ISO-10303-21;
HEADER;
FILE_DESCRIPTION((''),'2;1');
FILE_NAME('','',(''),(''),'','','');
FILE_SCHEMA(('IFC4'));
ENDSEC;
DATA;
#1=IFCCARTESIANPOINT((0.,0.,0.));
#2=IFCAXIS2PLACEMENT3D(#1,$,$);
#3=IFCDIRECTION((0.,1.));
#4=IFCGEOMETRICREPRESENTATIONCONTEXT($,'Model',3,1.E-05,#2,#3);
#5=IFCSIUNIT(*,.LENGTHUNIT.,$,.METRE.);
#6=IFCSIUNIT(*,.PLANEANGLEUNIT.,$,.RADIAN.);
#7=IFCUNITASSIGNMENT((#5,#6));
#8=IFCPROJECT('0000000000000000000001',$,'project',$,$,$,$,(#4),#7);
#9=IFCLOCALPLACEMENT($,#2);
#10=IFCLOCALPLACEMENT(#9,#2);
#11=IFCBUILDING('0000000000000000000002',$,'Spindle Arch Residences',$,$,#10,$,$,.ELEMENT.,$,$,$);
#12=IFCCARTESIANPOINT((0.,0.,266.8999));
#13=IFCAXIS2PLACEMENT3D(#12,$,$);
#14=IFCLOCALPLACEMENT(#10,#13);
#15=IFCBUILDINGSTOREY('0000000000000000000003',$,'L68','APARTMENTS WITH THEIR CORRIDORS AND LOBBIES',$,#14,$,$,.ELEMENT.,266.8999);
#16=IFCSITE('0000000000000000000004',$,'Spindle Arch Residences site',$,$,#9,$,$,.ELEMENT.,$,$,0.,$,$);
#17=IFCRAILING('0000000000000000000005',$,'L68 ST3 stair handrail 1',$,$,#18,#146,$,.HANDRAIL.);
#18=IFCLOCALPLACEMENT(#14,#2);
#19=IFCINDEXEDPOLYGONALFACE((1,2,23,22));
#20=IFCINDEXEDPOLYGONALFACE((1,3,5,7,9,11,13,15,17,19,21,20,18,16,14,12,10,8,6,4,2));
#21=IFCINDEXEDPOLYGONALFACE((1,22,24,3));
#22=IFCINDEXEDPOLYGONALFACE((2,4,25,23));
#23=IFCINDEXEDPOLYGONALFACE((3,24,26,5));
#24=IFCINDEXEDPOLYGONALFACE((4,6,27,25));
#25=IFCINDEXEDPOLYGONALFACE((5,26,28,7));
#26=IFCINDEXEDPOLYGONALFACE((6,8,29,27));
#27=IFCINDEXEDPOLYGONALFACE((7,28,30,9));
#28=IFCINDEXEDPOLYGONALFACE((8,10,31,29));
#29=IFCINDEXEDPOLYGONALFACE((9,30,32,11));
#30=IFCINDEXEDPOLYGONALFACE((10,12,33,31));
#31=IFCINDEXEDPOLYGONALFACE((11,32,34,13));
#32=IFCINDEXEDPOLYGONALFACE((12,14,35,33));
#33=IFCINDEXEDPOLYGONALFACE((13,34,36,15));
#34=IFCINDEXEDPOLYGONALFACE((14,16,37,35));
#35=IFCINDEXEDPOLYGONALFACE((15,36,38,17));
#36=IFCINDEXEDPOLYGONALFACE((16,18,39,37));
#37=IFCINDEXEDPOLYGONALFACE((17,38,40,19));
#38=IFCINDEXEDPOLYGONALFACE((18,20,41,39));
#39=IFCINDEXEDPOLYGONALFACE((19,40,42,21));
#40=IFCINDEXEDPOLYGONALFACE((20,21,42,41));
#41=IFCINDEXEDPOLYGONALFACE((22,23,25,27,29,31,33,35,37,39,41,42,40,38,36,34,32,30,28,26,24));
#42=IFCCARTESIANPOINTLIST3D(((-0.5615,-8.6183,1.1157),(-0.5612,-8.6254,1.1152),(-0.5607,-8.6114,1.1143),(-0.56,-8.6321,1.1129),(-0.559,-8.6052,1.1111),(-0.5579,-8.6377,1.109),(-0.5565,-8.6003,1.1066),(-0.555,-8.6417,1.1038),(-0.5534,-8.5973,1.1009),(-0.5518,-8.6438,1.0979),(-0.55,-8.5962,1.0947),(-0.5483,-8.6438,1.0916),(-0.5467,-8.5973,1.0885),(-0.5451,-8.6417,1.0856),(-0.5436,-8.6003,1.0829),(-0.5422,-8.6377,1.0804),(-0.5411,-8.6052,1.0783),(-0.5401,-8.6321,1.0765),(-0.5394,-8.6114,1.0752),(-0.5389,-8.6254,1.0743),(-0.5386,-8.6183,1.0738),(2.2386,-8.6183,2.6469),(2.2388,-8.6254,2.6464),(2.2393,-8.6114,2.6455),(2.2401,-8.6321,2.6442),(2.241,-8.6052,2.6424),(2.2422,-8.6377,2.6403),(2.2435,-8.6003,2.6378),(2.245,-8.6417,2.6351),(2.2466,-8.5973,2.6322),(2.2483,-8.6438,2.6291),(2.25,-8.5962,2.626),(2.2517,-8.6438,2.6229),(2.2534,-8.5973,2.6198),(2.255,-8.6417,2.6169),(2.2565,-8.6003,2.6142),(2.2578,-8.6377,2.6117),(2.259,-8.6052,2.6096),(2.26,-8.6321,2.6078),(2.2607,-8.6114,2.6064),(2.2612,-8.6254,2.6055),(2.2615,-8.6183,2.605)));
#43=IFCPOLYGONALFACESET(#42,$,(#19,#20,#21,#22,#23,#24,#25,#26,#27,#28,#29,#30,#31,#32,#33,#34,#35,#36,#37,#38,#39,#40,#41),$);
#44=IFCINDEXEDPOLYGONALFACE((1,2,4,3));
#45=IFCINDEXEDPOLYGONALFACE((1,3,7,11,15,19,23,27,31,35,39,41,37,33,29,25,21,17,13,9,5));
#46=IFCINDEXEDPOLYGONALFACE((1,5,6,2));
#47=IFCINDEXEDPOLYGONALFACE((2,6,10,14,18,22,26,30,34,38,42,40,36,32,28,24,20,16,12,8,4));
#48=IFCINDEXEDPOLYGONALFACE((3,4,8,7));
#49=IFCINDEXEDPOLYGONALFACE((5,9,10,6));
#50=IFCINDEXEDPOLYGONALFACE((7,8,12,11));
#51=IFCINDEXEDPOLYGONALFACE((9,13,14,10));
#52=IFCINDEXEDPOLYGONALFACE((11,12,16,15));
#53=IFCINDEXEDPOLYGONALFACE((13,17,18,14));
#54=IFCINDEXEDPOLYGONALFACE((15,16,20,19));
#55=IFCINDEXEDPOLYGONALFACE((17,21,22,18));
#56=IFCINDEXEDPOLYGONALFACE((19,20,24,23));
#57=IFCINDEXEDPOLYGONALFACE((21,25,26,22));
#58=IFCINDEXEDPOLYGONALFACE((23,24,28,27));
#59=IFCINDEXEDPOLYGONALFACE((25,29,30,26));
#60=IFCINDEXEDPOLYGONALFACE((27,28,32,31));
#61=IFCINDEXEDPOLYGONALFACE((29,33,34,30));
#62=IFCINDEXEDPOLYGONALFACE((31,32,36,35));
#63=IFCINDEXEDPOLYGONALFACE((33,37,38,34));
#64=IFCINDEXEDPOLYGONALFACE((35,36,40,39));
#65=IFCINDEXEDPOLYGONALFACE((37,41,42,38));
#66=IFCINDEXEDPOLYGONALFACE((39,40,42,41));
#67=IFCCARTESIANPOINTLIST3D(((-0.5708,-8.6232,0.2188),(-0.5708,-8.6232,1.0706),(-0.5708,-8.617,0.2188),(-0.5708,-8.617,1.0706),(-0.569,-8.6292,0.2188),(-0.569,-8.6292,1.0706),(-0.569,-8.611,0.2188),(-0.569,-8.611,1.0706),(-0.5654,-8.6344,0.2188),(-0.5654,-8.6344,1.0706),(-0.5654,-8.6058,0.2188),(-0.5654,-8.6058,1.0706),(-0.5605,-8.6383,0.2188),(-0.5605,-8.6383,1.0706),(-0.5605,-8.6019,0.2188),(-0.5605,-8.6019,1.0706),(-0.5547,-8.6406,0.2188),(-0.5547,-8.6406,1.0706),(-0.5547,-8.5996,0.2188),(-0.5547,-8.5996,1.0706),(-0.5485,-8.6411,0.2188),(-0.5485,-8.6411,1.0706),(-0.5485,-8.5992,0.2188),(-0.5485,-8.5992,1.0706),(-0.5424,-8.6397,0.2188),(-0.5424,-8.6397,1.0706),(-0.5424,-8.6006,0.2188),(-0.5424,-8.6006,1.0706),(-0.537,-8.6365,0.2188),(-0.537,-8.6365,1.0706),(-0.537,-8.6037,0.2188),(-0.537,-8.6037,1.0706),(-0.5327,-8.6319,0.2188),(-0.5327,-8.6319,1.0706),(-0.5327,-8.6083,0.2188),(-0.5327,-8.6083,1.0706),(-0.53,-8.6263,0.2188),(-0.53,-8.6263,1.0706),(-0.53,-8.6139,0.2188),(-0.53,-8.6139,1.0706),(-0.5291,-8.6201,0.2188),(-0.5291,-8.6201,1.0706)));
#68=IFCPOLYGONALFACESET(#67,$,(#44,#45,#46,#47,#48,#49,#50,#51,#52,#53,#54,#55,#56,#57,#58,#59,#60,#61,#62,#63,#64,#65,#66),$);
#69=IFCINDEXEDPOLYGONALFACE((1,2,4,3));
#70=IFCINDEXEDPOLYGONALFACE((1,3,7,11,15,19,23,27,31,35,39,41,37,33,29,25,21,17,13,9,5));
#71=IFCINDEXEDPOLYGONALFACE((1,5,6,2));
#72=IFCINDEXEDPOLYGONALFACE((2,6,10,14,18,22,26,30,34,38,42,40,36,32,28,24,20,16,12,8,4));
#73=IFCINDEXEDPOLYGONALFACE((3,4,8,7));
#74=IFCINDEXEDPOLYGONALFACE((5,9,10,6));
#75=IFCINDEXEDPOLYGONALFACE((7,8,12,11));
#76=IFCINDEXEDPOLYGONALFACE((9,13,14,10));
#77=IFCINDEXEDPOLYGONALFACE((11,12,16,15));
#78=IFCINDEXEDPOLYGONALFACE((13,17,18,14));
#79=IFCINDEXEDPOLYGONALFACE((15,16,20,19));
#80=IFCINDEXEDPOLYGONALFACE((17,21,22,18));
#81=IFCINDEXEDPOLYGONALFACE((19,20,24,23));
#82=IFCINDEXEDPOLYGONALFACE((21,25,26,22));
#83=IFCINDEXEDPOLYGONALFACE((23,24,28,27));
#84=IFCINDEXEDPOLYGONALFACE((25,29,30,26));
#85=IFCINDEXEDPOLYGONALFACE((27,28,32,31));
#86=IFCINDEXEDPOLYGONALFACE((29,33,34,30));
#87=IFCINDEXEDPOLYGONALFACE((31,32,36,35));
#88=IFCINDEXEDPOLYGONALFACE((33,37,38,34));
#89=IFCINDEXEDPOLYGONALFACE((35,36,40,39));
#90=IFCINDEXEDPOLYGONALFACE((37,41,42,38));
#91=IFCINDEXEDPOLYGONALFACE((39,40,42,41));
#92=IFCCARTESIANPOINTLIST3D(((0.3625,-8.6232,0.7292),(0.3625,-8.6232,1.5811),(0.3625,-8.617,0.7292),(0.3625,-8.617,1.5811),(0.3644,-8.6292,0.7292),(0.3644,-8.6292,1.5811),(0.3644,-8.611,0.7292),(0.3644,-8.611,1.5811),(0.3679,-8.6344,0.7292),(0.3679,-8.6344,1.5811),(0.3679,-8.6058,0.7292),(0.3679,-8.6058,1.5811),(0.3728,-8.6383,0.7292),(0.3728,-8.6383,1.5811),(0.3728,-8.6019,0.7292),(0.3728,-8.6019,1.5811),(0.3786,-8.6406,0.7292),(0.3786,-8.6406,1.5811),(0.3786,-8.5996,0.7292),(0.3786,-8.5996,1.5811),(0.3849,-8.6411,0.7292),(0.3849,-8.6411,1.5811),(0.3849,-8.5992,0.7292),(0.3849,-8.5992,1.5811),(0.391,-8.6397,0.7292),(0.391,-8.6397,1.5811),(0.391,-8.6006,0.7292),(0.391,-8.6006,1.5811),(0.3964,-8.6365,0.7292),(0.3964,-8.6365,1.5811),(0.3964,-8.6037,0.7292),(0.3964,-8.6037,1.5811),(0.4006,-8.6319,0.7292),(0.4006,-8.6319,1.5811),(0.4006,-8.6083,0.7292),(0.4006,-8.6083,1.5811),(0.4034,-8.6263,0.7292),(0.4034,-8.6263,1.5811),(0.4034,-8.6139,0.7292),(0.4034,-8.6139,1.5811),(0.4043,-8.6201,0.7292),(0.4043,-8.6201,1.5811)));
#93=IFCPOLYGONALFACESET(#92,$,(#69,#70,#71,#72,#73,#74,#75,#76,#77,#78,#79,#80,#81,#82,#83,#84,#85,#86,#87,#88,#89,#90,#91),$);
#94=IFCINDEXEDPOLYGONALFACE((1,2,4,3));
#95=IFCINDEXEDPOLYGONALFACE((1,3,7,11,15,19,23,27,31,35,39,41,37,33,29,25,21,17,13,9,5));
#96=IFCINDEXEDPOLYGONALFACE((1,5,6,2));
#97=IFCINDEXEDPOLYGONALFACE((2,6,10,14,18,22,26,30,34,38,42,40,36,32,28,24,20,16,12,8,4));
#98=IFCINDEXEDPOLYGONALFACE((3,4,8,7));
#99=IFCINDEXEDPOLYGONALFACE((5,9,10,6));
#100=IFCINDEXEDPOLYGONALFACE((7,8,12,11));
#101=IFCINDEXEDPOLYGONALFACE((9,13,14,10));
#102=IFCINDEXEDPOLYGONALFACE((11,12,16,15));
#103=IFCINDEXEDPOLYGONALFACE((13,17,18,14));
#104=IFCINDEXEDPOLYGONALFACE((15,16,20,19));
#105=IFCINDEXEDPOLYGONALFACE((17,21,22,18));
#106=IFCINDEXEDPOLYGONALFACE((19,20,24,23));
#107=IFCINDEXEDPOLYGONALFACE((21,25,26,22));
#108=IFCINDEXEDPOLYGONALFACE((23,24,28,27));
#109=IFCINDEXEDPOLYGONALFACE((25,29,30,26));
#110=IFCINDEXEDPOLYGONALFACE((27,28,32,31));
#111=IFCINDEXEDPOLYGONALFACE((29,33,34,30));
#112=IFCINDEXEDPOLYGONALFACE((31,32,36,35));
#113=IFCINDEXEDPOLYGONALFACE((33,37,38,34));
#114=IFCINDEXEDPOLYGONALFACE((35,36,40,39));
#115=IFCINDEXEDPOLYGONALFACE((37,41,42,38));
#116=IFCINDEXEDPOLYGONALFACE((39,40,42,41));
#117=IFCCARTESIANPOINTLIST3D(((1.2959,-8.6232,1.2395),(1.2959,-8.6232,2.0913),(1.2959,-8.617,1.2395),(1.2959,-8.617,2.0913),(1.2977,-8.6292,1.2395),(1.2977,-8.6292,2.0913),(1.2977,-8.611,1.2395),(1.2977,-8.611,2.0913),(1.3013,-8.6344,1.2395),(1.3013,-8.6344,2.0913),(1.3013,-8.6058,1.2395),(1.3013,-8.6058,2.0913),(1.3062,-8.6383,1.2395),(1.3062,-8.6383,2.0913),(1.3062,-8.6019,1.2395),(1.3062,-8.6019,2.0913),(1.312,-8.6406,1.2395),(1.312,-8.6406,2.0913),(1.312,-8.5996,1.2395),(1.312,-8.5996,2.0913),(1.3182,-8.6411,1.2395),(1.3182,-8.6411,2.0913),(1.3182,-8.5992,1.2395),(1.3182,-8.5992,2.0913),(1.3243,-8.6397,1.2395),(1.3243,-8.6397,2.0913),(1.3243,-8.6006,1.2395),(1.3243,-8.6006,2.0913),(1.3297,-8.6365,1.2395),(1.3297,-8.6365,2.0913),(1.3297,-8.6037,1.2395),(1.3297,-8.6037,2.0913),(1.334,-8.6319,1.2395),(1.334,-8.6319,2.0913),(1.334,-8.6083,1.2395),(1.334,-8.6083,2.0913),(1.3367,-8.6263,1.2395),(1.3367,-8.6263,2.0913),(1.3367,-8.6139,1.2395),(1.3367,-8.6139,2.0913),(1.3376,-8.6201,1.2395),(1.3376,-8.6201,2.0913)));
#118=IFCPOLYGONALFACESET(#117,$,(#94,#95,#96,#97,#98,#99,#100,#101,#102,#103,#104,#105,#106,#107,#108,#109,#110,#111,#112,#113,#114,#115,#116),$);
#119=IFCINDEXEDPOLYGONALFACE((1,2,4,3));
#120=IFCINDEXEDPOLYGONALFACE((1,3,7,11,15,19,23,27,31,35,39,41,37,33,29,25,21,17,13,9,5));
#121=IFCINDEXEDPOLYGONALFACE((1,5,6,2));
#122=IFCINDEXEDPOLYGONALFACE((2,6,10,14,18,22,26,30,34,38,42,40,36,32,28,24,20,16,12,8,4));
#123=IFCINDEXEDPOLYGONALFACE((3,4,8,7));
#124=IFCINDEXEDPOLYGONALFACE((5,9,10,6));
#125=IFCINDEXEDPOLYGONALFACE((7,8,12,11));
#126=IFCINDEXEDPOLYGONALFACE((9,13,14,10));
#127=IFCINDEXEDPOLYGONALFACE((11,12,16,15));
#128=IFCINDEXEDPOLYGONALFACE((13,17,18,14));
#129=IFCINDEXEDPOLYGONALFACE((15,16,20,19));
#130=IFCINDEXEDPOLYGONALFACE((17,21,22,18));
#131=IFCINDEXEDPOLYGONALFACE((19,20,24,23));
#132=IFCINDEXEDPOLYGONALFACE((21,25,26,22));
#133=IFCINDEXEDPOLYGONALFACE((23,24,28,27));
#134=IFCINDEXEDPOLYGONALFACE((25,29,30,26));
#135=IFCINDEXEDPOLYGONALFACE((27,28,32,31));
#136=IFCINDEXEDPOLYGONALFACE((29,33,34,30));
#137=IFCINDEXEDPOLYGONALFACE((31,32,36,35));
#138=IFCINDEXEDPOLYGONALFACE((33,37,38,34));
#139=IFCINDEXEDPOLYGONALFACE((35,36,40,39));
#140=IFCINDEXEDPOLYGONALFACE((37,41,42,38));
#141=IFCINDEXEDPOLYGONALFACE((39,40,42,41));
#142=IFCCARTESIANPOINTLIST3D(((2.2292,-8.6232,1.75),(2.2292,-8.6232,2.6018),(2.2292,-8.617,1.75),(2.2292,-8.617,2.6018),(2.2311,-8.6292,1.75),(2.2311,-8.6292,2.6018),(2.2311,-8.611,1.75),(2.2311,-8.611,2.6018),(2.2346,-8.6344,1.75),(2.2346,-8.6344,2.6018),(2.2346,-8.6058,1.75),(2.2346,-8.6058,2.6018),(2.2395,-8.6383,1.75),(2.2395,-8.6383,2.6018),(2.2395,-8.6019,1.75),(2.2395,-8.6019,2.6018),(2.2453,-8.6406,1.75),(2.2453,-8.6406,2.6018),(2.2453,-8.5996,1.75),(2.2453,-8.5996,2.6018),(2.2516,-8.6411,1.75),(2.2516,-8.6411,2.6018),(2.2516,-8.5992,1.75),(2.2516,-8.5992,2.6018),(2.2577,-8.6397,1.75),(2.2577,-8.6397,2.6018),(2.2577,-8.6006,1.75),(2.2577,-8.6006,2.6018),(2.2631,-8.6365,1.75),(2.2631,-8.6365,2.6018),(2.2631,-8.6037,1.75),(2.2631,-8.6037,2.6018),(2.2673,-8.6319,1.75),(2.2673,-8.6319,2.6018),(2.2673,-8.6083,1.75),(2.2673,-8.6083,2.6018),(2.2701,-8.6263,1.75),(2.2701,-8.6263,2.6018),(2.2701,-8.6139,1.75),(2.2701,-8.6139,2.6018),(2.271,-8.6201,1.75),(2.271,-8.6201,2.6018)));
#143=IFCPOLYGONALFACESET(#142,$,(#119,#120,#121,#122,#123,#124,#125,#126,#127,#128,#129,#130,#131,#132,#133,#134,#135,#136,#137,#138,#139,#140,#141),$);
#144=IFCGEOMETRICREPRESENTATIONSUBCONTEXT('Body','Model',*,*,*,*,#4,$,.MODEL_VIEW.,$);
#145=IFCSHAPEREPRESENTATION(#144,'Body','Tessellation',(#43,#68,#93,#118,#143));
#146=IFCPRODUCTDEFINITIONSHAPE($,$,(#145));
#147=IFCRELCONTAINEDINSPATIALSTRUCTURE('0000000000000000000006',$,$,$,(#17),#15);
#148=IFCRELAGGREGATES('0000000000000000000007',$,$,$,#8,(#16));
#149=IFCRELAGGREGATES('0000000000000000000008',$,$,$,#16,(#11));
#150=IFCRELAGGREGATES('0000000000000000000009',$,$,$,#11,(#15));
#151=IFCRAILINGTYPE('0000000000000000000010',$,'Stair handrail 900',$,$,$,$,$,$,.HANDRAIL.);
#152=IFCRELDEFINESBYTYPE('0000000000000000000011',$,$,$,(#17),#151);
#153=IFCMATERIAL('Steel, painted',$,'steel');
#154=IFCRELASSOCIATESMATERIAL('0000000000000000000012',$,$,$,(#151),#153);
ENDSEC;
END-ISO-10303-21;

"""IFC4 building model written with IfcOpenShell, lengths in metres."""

from ifc_helpers import new_model, si_unit, direction, frame, origin, origin_2d, place, context, subcontext, project, spatial, circle, extrude, material, type_object, element, save


model = new_model("IFC4")

# Units and contexts
model_context = context("Model", 3, precision=1e-05, world=origin(), true_north=direction((0.0, 1.0)))
body_context = subcontext(model_context, "Body", "Model", "MODEL_VIEW")
ifc_project = project(units=[si_unit("LENGTHUNIT", "METRE"), si_unit("PLANEANGLEUNIT", "RADIAN")], contexts=[model_context])

# Site, building, storey
site_placement = place(None, origin())
site = spatial("IfcSite", under=ifc_project, at=site_placement, Name="Spindle Arch Residences site", CompositionType="ELEMENT", RefElevation=0.0)
building_placement = place(site_placement, origin())
building = spatial("IfcBuilding", under=site, at=building_placement, Name="Spindle Arch Residences", CompositionType="ELEMENT")
storey_placement = place(building_placement, frame((0.0, 0.0, 266.8999)))
storey = spatial("IfcBuildingStorey", under=building, at=storey_placement, Name="L68", Description="APARTMENTS WITH THEIR CORRIDORS AND LOBBIES", CompositionType="ELEMENT", Elevation=266.8999)

# Railing
ifc_material_1 = material(Name="Steel, painted", Category="steel")
railing_type_1 = type_object("IfcRailingType", Name="Stair handrail 900", PredefinedType="HANDRAIL", material=ifc_material_1)
railing_1_placement = place(storey_placement, frame((-0.55, -8.6201, 0.2188)))
element("IfcRailing", 1, at=railing_1_placement, inside=storey, type_object=railing_type_1, Name="L68 ST3 stair handrail 1", PredefinedType="HANDRAIL", context=body_context, shape_type="SweptSolid", body=[
    extrude(circle(Radius=0.0239, at=origin_2d()), frame((0.0, 0.0, 0.876), z_axis=(0.877375, 0.0, 0.479806), x_axis=(0.0, 1.0, 0.0)), (0.0, 0.0, 1.0), 3.1914),
    extrude(circle(Radius=0.021, at=origin_2d()), origin(), (0.0, 0.0, 1.0), 0.8518),
    extrude(circle(Radius=0.021, at=origin_2d()), frame((0.9333, 0.0, 0.5105)), (0.0, 0.0, 1.0), 0.8518),
    extrude(circle(Radius=0.021, at=origin_2d()), frame((1.8667, 0.0, 1.0208)), (0.0, 0.0, 1.0), 0.8518),
    extrude(circle(Radius=0.021, at=origin_2d()), frame((2.8, 0.0, 1.5312)), (0.0, 0.0, 1.0), 0.8518),
])

save(model, "model.ifc")
